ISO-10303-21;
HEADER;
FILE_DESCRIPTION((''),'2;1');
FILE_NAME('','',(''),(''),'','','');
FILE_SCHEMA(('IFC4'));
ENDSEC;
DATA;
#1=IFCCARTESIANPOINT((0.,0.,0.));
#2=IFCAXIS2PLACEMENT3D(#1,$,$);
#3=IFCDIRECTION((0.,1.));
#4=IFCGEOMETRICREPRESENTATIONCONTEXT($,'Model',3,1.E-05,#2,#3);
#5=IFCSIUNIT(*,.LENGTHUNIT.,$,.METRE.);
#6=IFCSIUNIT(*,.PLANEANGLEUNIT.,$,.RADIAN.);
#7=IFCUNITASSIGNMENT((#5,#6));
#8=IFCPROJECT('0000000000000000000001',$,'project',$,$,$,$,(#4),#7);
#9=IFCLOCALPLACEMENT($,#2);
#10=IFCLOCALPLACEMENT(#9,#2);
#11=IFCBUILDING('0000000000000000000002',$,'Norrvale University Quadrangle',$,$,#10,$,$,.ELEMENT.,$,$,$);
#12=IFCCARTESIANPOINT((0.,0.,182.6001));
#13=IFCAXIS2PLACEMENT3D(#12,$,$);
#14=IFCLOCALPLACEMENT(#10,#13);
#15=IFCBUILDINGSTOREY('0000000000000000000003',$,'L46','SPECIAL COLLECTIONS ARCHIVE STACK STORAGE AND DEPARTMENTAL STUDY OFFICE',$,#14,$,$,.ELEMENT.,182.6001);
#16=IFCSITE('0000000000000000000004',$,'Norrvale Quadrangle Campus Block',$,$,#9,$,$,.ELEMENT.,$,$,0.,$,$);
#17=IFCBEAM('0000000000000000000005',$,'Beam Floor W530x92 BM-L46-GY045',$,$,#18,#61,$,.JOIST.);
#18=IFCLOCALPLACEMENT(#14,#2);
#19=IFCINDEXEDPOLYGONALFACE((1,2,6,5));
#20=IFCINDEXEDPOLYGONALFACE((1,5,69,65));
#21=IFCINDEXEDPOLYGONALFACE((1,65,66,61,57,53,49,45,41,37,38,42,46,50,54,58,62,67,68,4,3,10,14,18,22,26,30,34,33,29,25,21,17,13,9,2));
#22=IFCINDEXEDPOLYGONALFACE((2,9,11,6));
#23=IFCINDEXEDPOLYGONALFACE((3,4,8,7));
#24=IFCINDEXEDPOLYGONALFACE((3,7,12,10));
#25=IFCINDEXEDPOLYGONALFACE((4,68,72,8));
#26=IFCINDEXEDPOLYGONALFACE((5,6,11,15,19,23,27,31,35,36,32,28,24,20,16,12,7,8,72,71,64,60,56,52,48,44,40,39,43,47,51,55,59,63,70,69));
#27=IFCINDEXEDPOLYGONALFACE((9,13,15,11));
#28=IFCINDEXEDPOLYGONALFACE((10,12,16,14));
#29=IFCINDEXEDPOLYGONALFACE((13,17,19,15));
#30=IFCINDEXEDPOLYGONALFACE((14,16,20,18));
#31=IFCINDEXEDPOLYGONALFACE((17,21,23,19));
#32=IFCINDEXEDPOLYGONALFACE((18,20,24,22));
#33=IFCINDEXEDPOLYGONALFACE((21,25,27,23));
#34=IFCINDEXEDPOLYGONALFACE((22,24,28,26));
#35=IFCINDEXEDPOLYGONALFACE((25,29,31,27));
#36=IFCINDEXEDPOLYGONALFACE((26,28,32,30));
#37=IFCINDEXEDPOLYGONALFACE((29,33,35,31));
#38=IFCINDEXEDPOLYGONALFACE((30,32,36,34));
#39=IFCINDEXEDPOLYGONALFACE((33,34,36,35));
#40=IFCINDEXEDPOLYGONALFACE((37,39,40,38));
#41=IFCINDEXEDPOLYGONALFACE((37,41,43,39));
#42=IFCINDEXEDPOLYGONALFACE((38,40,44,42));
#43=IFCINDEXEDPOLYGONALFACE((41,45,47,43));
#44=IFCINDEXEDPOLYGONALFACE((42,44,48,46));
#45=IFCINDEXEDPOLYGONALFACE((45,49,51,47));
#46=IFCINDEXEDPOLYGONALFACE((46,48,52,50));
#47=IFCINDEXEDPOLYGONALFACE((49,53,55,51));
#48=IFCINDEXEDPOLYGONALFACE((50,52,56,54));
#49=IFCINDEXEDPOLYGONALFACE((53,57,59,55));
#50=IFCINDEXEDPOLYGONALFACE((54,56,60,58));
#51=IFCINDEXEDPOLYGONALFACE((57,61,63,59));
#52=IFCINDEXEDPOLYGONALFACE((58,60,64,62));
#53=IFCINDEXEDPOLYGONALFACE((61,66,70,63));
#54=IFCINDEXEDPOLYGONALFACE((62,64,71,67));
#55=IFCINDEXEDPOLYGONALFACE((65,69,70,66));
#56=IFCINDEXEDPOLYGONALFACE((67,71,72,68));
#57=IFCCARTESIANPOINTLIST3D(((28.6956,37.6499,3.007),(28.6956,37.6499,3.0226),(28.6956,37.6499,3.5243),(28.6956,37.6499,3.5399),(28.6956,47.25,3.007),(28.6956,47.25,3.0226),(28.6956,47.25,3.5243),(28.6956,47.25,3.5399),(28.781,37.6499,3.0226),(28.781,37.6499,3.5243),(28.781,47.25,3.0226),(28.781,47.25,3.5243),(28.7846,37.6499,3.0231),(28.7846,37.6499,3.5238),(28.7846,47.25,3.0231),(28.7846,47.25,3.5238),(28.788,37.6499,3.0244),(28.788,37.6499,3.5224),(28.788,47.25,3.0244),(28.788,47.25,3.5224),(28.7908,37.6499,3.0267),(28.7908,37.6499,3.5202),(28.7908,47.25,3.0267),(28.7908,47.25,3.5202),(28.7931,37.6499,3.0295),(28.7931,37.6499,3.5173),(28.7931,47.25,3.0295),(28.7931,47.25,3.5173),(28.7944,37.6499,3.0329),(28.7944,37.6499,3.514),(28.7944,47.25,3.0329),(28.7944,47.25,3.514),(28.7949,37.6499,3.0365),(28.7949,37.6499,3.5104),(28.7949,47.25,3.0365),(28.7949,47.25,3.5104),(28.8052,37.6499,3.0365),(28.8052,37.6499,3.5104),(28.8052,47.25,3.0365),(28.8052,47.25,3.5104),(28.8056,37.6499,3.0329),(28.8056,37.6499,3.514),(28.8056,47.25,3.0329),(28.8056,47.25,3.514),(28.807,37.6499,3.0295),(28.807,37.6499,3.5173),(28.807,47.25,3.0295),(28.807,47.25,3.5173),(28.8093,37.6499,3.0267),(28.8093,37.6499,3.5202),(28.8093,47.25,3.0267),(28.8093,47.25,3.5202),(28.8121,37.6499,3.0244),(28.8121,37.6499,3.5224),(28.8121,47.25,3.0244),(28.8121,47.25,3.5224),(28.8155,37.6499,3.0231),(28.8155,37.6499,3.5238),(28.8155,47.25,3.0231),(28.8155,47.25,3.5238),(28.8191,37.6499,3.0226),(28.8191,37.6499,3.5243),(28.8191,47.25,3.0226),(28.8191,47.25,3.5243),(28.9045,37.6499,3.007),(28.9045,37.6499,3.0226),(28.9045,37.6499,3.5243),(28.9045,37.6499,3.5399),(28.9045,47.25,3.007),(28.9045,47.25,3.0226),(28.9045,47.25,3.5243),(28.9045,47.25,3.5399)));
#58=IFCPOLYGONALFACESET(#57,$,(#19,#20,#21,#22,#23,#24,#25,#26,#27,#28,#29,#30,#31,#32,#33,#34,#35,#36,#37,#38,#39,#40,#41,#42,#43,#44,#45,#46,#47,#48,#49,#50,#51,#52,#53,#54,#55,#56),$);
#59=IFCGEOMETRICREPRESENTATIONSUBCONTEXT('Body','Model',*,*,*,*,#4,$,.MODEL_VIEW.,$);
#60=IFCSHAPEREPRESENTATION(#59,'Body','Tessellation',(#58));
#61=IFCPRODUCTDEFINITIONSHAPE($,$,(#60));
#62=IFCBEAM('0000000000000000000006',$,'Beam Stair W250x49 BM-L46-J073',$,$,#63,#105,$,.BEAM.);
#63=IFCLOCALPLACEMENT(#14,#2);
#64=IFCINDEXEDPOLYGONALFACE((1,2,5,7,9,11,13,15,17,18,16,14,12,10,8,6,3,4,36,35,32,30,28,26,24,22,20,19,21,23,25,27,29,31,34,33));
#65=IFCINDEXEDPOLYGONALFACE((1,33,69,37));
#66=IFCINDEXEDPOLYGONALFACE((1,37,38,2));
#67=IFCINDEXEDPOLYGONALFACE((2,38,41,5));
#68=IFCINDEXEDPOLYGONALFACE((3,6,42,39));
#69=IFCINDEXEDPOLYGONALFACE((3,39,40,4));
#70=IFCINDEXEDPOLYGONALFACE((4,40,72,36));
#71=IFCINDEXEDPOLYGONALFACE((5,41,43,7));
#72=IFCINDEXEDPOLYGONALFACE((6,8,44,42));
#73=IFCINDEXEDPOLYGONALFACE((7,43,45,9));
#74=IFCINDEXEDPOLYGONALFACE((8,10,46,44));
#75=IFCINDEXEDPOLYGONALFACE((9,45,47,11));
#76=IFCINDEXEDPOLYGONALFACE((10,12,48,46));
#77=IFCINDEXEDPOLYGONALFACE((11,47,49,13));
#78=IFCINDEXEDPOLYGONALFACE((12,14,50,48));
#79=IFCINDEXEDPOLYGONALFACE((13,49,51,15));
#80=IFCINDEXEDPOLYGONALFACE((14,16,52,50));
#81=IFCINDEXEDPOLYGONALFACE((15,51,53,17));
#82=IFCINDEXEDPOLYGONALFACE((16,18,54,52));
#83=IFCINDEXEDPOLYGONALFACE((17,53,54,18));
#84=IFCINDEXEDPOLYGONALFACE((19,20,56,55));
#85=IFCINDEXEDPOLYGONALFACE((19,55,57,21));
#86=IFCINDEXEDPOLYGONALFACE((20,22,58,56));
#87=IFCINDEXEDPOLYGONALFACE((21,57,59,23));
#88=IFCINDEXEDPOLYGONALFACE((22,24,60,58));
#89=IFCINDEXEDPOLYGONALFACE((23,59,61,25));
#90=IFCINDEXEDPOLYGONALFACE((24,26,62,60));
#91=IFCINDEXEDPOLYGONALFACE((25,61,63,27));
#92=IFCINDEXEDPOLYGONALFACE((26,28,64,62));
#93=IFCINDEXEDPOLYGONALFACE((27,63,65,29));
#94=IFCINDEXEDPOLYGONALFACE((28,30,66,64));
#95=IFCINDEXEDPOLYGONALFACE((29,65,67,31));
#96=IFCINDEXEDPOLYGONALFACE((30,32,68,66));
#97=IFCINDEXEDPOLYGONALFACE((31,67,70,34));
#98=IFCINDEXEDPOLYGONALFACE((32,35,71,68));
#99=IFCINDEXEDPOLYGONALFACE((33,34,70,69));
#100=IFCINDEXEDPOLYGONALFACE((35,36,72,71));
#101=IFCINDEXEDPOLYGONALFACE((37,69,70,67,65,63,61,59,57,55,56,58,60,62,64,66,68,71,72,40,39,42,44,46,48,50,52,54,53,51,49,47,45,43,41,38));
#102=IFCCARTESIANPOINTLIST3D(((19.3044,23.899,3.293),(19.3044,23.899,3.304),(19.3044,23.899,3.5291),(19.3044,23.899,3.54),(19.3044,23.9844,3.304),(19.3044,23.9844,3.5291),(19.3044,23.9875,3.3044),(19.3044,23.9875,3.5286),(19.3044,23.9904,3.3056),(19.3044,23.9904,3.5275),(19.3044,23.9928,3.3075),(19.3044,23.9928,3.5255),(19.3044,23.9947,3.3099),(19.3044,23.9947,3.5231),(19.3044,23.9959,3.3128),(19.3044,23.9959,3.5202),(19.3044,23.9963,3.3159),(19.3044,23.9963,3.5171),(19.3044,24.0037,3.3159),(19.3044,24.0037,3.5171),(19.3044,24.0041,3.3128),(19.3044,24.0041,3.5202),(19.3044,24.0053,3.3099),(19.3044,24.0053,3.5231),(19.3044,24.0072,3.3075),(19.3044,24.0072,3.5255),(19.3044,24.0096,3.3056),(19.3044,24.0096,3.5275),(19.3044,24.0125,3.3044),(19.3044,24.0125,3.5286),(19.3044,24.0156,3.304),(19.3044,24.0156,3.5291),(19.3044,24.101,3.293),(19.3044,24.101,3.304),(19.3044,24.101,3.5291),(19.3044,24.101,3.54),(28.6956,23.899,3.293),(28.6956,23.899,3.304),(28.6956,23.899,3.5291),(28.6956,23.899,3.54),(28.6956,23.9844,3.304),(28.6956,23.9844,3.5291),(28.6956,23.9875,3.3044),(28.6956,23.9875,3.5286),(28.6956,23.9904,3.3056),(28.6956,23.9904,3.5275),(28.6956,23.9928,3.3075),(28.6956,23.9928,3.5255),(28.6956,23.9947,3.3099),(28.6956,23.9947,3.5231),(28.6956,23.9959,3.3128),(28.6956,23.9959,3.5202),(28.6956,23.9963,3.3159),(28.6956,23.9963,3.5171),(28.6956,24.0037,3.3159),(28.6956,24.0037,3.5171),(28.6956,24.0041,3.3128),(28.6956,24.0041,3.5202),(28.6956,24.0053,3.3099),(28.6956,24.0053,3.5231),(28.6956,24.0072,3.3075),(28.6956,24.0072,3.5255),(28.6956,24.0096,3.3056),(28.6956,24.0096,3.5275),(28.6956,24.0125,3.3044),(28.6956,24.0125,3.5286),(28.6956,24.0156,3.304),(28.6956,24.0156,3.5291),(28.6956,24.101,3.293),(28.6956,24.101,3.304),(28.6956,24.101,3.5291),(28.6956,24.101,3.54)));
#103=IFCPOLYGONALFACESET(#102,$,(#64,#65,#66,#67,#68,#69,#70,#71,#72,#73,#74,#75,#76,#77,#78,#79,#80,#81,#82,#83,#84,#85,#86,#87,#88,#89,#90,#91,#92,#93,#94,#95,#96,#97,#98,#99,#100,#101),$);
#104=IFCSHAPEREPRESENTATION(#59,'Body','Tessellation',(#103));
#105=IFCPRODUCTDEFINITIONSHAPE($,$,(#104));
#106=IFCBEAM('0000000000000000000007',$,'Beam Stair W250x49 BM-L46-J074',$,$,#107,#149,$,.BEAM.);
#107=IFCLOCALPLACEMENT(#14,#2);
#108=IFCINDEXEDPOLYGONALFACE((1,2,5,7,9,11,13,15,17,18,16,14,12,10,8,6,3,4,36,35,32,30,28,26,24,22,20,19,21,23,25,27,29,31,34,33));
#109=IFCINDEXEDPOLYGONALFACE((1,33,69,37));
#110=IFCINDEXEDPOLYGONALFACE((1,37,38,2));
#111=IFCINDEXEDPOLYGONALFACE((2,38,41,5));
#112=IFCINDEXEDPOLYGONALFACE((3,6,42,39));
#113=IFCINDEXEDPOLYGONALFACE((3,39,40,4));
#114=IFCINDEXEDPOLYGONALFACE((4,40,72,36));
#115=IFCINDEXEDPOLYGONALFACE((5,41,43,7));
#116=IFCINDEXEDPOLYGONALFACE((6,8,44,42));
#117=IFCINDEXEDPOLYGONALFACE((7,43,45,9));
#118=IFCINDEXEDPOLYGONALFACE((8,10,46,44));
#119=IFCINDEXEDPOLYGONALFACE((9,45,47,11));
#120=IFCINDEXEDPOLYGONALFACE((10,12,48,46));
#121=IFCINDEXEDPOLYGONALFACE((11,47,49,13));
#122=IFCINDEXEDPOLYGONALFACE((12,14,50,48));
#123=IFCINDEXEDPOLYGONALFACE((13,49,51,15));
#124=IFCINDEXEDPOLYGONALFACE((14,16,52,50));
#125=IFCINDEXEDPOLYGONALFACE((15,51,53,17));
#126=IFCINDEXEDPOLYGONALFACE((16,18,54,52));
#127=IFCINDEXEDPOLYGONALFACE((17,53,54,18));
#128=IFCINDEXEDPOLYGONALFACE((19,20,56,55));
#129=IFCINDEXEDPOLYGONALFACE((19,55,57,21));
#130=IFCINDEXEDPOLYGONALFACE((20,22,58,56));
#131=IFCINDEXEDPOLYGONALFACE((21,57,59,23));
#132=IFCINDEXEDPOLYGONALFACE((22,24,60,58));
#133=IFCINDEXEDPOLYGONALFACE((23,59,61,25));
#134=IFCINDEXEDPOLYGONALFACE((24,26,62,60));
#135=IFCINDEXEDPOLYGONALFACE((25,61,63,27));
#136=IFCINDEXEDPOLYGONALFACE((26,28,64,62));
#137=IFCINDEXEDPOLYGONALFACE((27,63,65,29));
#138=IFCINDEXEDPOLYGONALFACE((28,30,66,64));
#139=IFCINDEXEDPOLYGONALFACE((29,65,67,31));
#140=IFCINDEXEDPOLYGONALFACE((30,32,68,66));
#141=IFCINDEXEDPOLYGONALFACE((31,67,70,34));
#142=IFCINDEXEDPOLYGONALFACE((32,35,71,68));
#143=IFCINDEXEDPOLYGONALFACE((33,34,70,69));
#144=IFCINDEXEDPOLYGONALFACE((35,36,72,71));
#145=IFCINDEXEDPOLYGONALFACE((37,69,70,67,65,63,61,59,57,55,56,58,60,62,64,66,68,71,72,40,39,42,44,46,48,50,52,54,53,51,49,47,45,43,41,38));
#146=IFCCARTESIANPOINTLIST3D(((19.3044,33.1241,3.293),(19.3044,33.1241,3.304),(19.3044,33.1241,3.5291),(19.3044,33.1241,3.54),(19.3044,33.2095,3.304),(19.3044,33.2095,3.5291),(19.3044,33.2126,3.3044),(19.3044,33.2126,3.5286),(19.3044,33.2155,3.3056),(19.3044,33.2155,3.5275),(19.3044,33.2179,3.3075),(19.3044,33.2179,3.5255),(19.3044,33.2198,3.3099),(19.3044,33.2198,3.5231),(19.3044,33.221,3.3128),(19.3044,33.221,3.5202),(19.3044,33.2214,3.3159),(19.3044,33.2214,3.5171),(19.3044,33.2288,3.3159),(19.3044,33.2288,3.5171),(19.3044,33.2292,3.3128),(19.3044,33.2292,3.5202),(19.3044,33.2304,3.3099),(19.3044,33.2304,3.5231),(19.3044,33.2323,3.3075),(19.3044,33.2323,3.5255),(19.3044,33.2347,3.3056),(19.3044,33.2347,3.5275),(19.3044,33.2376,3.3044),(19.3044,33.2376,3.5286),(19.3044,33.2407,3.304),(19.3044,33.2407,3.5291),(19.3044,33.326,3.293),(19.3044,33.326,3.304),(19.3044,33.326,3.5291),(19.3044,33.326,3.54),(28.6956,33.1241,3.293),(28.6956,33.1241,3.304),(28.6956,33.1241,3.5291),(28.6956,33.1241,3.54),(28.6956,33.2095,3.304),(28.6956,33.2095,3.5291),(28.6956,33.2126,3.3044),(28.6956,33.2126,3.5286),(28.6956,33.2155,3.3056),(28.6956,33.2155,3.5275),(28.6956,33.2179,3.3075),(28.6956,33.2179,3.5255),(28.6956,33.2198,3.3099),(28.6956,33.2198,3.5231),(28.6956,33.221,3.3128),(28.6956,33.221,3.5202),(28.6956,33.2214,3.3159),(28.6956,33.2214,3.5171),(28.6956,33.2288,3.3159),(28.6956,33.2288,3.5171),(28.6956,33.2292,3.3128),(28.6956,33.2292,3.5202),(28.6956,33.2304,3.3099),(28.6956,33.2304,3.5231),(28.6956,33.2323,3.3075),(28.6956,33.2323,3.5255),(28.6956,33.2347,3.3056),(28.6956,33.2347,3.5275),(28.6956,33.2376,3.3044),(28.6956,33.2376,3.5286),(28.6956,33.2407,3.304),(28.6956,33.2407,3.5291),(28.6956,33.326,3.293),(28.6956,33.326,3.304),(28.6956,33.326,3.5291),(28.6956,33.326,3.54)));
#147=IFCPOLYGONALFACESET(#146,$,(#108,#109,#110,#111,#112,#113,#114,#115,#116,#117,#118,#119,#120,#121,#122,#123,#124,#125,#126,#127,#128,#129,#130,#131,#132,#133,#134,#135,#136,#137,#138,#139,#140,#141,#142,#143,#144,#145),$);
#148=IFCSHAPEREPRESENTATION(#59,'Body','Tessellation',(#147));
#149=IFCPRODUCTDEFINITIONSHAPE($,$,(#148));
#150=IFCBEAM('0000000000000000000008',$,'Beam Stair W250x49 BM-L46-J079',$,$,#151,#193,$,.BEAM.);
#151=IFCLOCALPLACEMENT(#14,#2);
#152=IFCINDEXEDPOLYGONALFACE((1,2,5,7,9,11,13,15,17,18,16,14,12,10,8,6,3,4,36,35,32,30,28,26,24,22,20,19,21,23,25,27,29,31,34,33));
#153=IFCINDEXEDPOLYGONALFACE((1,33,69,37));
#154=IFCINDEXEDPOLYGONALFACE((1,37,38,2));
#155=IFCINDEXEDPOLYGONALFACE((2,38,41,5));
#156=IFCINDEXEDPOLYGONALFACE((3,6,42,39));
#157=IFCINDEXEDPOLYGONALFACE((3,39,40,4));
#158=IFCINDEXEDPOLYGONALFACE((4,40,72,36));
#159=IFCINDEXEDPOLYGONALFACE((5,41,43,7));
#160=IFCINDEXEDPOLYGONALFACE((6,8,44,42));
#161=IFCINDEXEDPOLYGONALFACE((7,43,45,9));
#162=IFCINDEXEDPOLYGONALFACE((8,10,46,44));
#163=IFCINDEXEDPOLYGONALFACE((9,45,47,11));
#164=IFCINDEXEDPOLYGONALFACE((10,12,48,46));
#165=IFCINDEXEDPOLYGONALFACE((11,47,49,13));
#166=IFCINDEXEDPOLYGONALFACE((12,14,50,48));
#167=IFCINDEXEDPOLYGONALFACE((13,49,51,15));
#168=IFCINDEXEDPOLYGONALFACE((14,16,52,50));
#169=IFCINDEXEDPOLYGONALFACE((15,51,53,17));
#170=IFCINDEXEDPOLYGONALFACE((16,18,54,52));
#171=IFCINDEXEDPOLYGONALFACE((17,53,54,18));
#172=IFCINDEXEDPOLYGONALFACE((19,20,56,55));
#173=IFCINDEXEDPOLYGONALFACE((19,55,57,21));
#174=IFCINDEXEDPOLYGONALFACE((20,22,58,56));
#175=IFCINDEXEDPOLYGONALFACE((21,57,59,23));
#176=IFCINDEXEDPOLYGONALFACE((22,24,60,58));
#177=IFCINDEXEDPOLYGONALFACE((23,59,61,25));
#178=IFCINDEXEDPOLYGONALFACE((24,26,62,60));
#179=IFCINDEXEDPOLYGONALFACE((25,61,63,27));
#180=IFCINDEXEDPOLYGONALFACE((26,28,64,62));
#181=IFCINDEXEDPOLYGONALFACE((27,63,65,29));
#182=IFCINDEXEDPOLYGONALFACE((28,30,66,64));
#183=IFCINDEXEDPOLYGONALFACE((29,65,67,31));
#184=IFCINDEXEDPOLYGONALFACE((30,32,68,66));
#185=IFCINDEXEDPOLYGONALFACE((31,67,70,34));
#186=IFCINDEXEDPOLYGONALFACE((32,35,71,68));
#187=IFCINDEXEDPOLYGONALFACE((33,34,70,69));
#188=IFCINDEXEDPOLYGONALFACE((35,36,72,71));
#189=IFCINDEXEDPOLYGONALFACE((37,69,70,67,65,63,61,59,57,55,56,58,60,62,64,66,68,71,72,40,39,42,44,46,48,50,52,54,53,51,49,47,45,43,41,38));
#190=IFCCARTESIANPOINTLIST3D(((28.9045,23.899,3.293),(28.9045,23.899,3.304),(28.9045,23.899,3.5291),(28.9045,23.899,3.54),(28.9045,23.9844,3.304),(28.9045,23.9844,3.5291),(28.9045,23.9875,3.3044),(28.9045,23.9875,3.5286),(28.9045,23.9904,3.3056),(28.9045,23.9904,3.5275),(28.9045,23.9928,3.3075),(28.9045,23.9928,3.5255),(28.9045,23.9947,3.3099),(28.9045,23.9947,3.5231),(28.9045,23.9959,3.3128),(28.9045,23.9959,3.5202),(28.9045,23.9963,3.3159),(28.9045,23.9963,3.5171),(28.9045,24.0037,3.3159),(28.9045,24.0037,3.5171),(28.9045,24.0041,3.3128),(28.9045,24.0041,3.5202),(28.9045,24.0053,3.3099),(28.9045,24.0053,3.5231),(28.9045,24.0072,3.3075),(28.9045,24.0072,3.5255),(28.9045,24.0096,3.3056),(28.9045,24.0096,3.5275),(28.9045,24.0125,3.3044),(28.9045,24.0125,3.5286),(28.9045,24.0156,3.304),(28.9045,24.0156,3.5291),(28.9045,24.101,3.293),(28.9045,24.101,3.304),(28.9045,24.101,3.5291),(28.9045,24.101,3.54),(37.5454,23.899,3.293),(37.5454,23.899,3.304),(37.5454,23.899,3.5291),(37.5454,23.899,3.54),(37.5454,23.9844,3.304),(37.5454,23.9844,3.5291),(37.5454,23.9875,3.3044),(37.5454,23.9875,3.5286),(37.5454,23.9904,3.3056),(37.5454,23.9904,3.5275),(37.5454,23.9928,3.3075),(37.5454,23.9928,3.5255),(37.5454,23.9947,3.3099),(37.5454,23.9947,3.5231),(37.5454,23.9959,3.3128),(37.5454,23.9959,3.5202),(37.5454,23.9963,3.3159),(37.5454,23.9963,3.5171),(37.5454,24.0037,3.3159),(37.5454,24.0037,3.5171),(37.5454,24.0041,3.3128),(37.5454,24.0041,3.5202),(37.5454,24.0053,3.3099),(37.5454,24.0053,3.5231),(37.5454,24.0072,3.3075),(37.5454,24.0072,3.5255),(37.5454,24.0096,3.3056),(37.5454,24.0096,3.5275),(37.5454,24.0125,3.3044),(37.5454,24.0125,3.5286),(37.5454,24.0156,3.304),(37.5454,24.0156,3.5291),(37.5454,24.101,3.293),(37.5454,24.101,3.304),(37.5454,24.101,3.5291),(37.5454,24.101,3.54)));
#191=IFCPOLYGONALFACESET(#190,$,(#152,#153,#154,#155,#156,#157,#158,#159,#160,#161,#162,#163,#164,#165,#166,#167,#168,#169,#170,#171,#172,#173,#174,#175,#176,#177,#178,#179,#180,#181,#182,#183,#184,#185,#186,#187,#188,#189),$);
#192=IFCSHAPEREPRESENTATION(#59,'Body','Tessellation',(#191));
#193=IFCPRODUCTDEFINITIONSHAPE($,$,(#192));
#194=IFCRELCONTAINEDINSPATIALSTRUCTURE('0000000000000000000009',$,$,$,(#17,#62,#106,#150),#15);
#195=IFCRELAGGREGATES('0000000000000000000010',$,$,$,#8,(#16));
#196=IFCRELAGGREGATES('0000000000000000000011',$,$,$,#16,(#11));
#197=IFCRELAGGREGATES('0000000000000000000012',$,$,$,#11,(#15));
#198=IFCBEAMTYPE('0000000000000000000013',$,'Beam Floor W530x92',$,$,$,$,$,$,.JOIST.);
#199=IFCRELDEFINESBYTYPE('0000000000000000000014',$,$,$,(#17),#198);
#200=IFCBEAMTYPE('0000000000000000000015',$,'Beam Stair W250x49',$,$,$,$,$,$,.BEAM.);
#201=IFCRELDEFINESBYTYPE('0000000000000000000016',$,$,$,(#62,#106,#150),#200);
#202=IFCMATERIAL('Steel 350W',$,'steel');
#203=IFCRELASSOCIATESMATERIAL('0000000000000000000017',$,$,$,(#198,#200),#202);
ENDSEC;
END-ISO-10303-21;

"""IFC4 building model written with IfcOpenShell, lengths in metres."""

from ifc_helpers import new_model, si_unit, direction, frame, origin, origin_2d, place, context, subcontext, project, spatial, i_section, extrude, material, material_profile, profile_set, type_object, element, save


model = new_model("IFC4")

# Units and contexts
model_context = context("Model", 3, precision=1e-05, world=origin(), true_north=direction((0.0, 1.0)))
body_context = subcontext(model_context, "Body", "Model", "MODEL_VIEW")
ifc_project = project(units=[si_unit("LENGTHUNIT", "METRE"), si_unit("PLANEANGLEUNIT", "RADIAN")], contexts=[model_context])

# Site, building, storey
site_placement = place(None, origin())
site = spatial("IfcSite", under=ifc_project, at=site_placement, Name="Norrvale Quadrangle Campus Block", CompositionType="ELEMENT", RefElevation=0.0)
building_placement = place(site_placement, origin())
building = spatial("IfcBuilding", under=site, at=building_placement, Name="Norrvale University Quadrangle", CompositionType="ELEMENT")
storey_placement = place(building_placement, frame((0.0, 0.0, 182.6001)))
storey = spatial("IfcBuildingStorey", under=building, at=storey_placement, Name="L46", Description="SPECIAL COLLECTIONS ARCHIVE STACK STORAGE AND DEPARTMENTAL STUDY OFFICE", CompositionType="ELEMENT", Elevation=182.6001)

# Beams
ifc_material_1 = material(Name="Steel 350W", Category="steel")
ifc_material_profile_1 = material_profile(ifc_material_1, i_section(OverallWidth=0.209, OverallDepth=0.533, WebThickness=0.0103, FlangeThickness=0.0156, FilletRadius=0.0139, at=origin_2d()), Name="Steel 350W")
ifc_profile_set_1 = profile_set([ifc_material_profile_1], Name="Steel 350W")
beam_type_1 = type_object("IfcBeamType", Name="Beam Floor W530x92", PredefinedType="JOIST", material=ifc_profile_set_1)
beam_1_placement = place(storey_placement, frame((28.8, 37.6499, 3.2734), z_axis=(0.0, 1.0, 0.0), x_axis=(-1.0, 0.0, 0.0)))
element("IfcBeam", 1, at=beam_1_placement, inside=storey, type_object=beam_type_1, Name="Beam Floor W530x92 BM-L46-GY045", PredefinedType="JOIST", context=body_context, shape_type="SweptSolid", body=[
    extrude(i_section(OverallWidth=0.209, OverallDepth=0.533, WebThickness=0.0103, FlangeThickness=0.0156, FilletRadius=0.0139, at=origin_2d()), origin(), (0.0, 0.0, 1.0), 9.6001),
])
ifc_material_profile_2 = material_profile(ifc_material_1, i_section(OverallWidth=0.2019, OverallDepth=0.2471, WebThickness=0.0073, FlangeThickness=0.011, FilletRadius=0.012, at=origin_2d()), Name="Steel 350W")
ifc_profile_set_2 = profile_set([ifc_material_profile_2], Name="Steel 350W")
beam_type_2 = type_object("IfcBeamType", Name="Beam Stair W250x49", PredefinedType="BEAM", material=ifc_profile_set_2)
for number, where, z_axis, x_axis, name in (
    (2, (19.3044, 24.0, 3.4165), (1.0, 0.0, 0.0), (0.0, 1.0, 0.0), "Beam Stair W250x49 BM-L46-J073"),
    (3, (19.3044, 33.2251, 3.4165), (1.0, 0.0, 0.0), (0.0, 1.0, 0.0), "Beam Stair W250x49 BM-L46-J074"),
):
    element("IfcBeam", number, at=place(storey_placement, frame(where, z_axis=z_axis, x_axis=x_axis)), inside=storey, type_object=beam_type_2, Name=name, PredefinedType="BEAM", context=body_context, shape_type="SweptSolid", body=[
        extrude(i_section(OverallWidth=0.2019, OverallDepth=0.2471, WebThickness=0.0073, FlangeThickness=0.011, FilletRadius=0.012, at=origin_2d()), origin(), (0.0, 0.0, 1.0), 9.3911),
    ])
for number, where, z_axis, x_axis, name in (
    (4, (28.9045, 24.0, 3.4165), (1.0, 0.0, 0.0), (0.0, 1.0, 0.0), "Beam Stair W250x49 BM-L46-J079"),
):
    element("IfcBeam", number, at=place(storey_placement, frame(where, z_axis=z_axis, x_axis=x_axis)), inside=storey, type_object=beam_type_2, Name=name, PredefinedType="BEAM", context=body_context, shape_type="SweptSolid", body=[
        extrude(i_section(OverallWidth=0.2019, OverallDepth=0.2471, WebThickness=0.0073, FlangeThickness=0.011, FilletRadius=0.012, at=origin_2d()), origin(), (0.0, 0.0, 1.0), 8.6409),
    ])

save(model, "model.ifc")
